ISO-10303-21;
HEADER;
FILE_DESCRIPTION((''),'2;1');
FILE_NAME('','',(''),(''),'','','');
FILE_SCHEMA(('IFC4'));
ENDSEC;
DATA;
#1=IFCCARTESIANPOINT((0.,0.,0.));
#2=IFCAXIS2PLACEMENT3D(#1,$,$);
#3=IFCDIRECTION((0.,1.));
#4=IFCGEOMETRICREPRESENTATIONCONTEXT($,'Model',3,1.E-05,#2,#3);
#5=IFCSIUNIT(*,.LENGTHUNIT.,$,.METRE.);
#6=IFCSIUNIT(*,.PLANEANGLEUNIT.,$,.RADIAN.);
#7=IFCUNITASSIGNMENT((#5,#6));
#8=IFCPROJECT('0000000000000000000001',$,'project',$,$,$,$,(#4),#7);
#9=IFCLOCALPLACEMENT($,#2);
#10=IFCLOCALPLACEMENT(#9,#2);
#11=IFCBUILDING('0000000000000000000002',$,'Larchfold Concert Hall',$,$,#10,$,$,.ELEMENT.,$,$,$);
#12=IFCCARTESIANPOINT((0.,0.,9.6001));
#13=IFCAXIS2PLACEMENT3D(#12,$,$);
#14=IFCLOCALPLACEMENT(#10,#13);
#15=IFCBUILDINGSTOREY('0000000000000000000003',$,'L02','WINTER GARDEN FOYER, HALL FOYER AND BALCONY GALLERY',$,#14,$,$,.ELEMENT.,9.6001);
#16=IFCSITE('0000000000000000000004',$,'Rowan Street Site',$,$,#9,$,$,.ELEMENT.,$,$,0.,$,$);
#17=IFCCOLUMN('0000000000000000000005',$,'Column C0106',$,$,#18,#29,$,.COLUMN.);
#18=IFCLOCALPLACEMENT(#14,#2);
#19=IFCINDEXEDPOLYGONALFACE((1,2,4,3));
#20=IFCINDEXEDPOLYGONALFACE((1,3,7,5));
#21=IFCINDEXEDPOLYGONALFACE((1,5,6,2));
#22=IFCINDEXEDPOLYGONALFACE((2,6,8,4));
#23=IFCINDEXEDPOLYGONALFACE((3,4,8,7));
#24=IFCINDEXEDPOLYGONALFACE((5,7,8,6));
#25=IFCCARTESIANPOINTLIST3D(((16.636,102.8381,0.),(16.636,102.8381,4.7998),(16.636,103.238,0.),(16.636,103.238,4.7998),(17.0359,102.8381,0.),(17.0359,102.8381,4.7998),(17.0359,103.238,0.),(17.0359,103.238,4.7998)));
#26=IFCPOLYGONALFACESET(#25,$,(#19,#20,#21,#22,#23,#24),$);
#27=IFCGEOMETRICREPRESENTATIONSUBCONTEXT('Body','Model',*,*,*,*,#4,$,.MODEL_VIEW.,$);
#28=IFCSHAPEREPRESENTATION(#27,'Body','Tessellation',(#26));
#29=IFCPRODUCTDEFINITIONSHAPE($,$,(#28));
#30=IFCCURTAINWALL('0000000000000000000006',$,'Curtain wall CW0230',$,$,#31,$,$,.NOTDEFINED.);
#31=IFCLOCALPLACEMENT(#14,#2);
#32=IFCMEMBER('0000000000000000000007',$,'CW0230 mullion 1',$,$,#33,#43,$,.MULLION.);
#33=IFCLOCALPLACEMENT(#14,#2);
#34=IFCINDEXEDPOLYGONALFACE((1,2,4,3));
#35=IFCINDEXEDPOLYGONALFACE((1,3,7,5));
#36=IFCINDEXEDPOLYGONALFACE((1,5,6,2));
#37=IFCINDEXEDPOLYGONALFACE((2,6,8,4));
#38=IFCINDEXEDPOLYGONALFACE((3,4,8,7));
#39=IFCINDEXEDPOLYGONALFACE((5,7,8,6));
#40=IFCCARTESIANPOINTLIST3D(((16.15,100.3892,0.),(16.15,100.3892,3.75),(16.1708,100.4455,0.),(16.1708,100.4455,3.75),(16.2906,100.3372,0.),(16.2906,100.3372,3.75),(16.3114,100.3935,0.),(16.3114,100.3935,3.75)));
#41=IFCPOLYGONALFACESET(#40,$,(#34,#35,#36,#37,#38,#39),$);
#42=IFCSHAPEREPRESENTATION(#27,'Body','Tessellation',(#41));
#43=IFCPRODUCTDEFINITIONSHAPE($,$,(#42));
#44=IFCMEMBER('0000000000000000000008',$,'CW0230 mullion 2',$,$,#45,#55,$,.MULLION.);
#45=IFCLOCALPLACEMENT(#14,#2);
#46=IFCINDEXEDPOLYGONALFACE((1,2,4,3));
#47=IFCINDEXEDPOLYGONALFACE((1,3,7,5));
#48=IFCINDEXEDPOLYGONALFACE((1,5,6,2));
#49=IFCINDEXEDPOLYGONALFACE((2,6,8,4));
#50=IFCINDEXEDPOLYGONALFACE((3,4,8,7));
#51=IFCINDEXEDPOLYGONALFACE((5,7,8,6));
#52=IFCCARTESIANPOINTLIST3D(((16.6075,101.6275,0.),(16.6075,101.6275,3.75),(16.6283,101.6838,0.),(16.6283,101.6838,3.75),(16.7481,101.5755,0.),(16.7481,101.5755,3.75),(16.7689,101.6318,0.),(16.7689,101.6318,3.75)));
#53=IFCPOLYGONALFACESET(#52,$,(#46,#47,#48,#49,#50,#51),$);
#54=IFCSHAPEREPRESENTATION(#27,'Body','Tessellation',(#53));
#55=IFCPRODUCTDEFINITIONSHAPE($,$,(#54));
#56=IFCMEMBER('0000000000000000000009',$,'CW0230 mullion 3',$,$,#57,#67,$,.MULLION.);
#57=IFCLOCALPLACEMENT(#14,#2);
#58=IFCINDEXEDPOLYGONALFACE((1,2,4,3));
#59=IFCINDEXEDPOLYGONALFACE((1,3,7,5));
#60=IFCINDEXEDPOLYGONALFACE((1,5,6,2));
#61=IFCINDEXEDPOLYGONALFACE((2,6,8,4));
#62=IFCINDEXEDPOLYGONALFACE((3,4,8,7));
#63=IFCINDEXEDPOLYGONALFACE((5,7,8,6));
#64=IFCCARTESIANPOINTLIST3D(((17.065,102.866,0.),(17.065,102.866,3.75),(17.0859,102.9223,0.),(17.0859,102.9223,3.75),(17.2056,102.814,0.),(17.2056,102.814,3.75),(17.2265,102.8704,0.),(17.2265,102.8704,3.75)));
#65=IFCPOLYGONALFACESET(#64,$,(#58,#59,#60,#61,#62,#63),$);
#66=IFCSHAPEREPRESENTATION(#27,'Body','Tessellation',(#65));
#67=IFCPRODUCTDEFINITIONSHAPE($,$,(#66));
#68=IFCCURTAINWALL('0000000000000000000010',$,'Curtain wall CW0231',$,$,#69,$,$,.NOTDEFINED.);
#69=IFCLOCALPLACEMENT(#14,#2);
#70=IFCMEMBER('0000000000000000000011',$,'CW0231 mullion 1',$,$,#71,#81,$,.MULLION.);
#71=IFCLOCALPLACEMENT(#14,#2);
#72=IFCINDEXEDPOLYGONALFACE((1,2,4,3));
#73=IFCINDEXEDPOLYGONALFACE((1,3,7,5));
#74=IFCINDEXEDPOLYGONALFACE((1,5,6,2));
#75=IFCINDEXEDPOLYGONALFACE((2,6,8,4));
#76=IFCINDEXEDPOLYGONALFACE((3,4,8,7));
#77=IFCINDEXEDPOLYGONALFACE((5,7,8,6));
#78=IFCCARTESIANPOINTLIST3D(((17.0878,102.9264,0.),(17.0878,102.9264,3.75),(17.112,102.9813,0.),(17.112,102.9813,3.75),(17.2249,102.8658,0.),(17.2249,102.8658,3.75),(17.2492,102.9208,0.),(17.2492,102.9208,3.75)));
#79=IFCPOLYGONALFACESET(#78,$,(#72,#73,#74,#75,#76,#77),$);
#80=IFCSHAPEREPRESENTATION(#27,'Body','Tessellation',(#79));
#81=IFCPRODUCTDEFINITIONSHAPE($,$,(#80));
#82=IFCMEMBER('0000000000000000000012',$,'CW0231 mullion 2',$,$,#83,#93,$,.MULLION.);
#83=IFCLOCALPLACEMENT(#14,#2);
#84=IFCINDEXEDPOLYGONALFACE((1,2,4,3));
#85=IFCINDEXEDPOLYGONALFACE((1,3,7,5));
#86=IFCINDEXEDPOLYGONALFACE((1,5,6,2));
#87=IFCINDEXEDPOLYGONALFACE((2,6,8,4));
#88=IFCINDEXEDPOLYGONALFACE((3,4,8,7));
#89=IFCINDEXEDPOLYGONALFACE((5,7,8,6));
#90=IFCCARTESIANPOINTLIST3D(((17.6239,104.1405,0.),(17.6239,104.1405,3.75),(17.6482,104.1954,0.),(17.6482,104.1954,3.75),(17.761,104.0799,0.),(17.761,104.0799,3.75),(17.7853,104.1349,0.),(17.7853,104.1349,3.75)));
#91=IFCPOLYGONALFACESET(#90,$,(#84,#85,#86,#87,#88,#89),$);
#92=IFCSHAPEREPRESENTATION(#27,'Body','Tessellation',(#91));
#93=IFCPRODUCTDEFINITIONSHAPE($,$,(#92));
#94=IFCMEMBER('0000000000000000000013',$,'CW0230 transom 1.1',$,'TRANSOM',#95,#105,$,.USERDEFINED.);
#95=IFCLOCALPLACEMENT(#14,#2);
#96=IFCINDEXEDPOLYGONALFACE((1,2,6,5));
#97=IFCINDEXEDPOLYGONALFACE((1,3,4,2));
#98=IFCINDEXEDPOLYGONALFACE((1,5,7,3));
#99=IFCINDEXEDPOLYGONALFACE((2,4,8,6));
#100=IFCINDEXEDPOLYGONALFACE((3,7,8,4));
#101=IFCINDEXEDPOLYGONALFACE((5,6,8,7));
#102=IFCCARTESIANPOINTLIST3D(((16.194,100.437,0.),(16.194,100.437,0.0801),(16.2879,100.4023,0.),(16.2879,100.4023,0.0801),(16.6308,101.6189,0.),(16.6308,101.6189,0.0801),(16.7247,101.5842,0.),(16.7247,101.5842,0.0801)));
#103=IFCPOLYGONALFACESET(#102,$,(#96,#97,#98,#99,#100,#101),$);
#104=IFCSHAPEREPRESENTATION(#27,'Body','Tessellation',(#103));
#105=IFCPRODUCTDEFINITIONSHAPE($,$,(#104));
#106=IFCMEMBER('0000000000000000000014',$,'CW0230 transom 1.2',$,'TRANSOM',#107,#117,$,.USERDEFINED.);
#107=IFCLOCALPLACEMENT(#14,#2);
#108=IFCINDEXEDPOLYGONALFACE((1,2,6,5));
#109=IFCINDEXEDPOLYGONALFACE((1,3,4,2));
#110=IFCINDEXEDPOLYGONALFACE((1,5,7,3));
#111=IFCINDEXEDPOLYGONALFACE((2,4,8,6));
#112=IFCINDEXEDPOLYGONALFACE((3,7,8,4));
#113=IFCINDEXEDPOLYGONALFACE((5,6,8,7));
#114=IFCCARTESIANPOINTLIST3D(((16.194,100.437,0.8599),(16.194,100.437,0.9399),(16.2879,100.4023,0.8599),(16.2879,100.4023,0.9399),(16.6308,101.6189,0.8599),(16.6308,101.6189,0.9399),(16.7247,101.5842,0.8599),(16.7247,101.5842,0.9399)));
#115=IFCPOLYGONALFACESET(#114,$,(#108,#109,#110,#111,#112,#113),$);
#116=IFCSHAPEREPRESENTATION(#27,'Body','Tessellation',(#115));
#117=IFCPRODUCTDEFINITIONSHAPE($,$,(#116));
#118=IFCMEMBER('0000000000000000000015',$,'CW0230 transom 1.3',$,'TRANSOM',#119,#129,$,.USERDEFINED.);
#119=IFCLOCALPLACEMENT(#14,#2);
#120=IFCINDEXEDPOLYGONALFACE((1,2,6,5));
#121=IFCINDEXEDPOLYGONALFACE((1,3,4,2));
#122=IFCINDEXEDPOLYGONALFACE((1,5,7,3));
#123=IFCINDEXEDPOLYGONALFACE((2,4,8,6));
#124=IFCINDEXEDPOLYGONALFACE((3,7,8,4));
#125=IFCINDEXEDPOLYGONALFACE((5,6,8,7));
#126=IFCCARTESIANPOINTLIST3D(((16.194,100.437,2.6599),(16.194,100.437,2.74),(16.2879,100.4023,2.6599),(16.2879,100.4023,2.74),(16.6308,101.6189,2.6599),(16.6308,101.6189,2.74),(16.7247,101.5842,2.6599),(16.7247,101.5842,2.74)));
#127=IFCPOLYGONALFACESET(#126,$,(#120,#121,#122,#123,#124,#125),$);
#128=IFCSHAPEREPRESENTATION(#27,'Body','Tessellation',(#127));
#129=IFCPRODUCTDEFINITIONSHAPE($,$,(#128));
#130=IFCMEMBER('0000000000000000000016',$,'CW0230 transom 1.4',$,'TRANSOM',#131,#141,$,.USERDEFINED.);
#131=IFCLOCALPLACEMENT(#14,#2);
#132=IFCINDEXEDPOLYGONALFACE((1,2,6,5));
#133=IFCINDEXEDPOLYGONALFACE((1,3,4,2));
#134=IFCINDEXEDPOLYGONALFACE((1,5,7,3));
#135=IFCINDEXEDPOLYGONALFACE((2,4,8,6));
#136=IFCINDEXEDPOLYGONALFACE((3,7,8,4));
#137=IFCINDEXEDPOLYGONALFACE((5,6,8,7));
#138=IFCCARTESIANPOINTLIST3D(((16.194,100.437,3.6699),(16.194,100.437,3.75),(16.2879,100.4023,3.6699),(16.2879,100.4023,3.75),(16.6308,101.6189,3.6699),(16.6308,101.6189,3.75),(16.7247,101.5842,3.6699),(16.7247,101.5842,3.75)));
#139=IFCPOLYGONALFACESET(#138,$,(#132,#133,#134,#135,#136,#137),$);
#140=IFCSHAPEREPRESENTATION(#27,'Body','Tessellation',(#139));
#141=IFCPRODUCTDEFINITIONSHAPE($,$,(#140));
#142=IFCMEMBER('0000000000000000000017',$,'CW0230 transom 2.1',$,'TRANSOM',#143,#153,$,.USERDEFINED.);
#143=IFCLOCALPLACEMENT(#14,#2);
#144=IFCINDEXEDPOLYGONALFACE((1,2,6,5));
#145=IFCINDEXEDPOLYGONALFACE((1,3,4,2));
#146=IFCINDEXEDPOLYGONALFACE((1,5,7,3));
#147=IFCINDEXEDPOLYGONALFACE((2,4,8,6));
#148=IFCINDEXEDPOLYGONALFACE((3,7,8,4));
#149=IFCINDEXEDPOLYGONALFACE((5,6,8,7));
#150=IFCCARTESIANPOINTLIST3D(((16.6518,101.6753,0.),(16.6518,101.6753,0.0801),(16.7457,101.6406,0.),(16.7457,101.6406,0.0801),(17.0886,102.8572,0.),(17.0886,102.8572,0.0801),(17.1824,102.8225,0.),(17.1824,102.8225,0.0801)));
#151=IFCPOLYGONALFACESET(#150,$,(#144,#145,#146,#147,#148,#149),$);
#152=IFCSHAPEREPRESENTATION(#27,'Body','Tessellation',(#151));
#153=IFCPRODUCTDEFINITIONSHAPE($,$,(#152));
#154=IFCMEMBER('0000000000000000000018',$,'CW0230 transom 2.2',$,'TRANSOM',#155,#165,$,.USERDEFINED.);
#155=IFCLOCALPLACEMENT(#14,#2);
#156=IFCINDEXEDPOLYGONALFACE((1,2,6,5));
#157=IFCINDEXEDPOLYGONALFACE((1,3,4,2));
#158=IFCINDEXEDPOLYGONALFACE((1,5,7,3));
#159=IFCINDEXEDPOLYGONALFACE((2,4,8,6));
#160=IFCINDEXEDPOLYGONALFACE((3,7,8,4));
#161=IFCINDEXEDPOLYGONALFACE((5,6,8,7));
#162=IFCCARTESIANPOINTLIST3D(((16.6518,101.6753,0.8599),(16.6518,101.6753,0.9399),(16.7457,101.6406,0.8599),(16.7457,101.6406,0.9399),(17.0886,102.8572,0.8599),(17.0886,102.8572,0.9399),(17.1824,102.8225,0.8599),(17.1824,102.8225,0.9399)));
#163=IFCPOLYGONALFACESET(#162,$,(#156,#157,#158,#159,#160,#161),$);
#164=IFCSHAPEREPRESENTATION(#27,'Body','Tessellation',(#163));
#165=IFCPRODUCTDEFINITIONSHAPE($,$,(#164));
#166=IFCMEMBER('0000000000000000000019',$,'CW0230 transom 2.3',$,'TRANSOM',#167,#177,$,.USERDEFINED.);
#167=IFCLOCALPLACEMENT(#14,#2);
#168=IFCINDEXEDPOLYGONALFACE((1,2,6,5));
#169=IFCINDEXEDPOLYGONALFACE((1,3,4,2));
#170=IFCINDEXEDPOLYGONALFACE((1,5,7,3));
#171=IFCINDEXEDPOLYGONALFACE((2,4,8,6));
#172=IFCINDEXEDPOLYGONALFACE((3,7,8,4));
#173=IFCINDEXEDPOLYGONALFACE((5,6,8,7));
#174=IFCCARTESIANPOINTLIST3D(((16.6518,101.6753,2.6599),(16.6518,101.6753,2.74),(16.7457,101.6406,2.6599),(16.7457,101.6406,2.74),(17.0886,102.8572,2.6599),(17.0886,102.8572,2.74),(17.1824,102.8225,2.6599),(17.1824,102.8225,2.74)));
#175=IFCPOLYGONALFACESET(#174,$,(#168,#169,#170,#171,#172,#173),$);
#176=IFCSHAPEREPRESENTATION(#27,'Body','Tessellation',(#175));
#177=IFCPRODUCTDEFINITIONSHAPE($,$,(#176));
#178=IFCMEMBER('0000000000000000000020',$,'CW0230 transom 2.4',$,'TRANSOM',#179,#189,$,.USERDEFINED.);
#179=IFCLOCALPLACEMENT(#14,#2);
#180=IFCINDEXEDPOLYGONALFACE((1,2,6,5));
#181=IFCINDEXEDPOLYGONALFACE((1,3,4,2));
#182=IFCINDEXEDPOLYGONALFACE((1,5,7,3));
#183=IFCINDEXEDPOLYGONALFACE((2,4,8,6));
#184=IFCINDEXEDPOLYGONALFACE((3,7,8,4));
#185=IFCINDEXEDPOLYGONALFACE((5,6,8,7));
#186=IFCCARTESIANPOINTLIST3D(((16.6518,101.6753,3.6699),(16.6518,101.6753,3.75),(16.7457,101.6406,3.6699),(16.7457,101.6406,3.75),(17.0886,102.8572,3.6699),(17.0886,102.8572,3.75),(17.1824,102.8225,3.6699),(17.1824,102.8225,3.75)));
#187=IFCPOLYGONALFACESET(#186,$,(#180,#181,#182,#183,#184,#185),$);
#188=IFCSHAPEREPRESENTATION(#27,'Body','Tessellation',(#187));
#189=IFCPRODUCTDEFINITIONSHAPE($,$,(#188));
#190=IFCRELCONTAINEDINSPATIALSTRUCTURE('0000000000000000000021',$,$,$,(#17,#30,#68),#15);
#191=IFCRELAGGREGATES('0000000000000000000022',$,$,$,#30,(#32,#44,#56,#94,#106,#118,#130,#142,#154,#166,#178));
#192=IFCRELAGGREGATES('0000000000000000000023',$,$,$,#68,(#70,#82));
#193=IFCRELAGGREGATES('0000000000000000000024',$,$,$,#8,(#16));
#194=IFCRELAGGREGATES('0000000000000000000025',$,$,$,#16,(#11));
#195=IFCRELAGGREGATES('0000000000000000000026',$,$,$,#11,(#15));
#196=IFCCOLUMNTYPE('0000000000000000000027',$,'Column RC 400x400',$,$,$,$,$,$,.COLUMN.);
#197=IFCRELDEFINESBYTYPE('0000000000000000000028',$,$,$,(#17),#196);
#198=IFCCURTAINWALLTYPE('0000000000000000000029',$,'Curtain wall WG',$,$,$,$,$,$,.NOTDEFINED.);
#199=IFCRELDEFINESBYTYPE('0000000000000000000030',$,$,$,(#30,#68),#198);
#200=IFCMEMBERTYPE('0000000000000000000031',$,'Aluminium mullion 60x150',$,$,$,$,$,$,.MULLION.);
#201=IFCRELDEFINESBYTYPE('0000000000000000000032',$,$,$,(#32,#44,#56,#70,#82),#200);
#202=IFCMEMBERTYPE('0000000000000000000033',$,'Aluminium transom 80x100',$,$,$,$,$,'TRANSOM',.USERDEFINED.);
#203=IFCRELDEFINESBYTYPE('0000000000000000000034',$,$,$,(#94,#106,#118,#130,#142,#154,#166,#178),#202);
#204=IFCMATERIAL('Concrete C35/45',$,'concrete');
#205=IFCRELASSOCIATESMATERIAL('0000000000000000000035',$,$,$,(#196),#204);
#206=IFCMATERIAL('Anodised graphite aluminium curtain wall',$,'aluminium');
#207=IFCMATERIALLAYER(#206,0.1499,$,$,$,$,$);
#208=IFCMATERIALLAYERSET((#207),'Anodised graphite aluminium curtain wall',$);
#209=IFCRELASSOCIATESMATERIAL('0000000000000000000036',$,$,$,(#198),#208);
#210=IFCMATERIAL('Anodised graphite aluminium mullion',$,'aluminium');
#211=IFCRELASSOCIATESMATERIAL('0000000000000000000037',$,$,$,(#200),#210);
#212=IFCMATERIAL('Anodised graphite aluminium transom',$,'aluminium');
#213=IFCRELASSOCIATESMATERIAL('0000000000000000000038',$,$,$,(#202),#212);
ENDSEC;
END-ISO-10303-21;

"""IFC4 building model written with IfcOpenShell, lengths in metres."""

from ifc_helpers import new_model, si_unit, direction, frame, origin, origin_2d, place, context, subcontext, project, spatial, rectangle, extrude, material, layer, layer_set, material_profile, profile_set, type_object, element, aggregate, save


model = new_model("IFC4")

# Units and contexts
model_context = context("Model", 3, precision=1e-05, world=origin(), true_north=direction((0.0, 1.0)))
body_context = subcontext(model_context, "Body", "Model", "MODEL_VIEW")
ifc_project = project(units=[si_unit("LENGTHUNIT", "METRE"), si_unit("PLANEANGLEUNIT", "RADIAN")], contexts=[model_context])

# Site, building, storey
site_placement = place(None, origin())
site = spatial("IfcSite", under=ifc_project, at=site_placement, Name="Rowan Street Site", CompositionType="ELEMENT", RefElevation=0.0)
building_placement = place(site_placement, origin())
building = spatial("IfcBuilding", under=site, at=building_placement, Name="Larchfold Concert Hall", CompositionType="ELEMENT")
storey_placement = place(building_placement, frame((0.0, 0.0, 9.6001)))
storey = spatial("IfcBuildingStorey", under=building, at=storey_placement, Name="L02", Description="WINTER GARDEN FOYER, HALL FOYER AND BALCONY GALLERY", CompositionType="ELEMENT", Elevation=9.6001)

# Column
ifc_material_1 = material(Name="Concrete C35/45", Category="concrete")
ifc_material_profile_1 = material_profile(ifc_material_1, rectangle(XDim=0.3999, YDim=0.3999, at=origin_2d()))
ifc_profile_set_1 = profile_set([ifc_material_profile_1], Name="Concrete C35/45")
column_type = type_object("IfcColumnType", Name="Column RC 400x400", PredefinedType="COLUMN", material=ifc_profile_set_1)
column_placement = place(storey_placement, frame((16.8359, 103.0381, 0.0), z_axis=(0.0, 0.0, 1.0), x_axis=(1.0, 0.0, 0.0)))
element("IfcColumn", 1, at=column_placement, inside=storey, type_object=column_type, Name="Column C0106", PredefinedType="COLUMN", context=body_context, shape_type="SweptSolid", body=[
    extrude(rectangle(XDim=0.3999, YDim=0.3999, at=origin_2d()), origin(), (0.0, 0.0, 1.0), 4.7998),
])

# Curtain walls, members
ifc_material_2 = material(Name="Anodised graphite aluminium curtain wall", Category="aluminium")
ifc_layer_1 = layer(ifc_material_2, 0.1499)
ifc_layer_set_1 = layer_set([ifc_layer_1], Name="Anodised graphite aluminium curtain wall")
curtain_wall_type = type_object("IfcCurtainWallType", Name="Curtain wall WG", PredefinedType="NOTDEFINED", material=ifc_layer_set_1)
curtain_wall_1_placement = place(storey_placement, origin())
curtain_wall_1 = element("IfcCurtainWall", 2, at=curtain_wall_1_placement, inside=storey, type_object=curtain_wall_type, Name="Curtain wall CW0230", PredefinedType="NOTDEFINED")
ifc_material_3 = material(Name="Anodised graphite aluminium mullion", Category="aluminium")
ifc_material_profile_2 = material_profile(ifc_material_3, rectangle(XDim=0.1499, YDim=0.0601, at=origin_2d()))
ifc_profile_set_2 = profile_set([ifc_material_profile_2], Name="Anodised graphite aluminium mullion")
member_type_1 = type_object("IfcMemberType", Name="Aluminium mullion 60x150", PredefinedType="MULLION", material=ifc_profile_set_2)
member_1_placement = place(storey_placement, frame((16.2307, 100.3914, 0.0), z_axis=(0.0, 0.0, 1.0), x_axis=(-0.938002, 0.346631, 0.0)))
member_1 = element("IfcMember", 3, at=member_1_placement, type_object=member_type_1, Name="CW0230 mullion 1", PredefinedType="MULLION", context=body_context, shape_type="SweptSolid", body=[
    extrude(rectangle(XDim=0.1499, YDim=0.0601, at=origin_2d()), origin(), (0.0, 0.0, 1.0), 3.75),
])
member_2_placement = place(storey_placement, frame((16.6882, 101.6296, 0.0), z_axis=(0.0, 0.0, 1.0), x_axis=(-0.938002, 0.346631, 0.0)))
member_2 = element("IfcMember", 4, at=member_2_placement, type_object=member_type_1, Name="CW0230 mullion 2", PredefinedType="MULLION", context=body_context, shape_type="SweptSolid", body=[
    extrude(rectangle(XDim=0.1499, YDim=0.0601, at=origin_2d()), origin(), (0.0, 0.0, 1.0), 3.75),
])
member_3_placement = place(storey_placement, frame((17.1458, 102.8682, 0.0), z_axis=(0.0, 0.0, 1.0), x_axis=(-0.938002, 0.346631, 0.0)))
member_3 = element("IfcMember", 5, at=member_3_placement, type_object=member_type_1, Name="CW0230 mullion 3", PredefinedType="MULLION", context=body_context, shape_type="SweptSolid", body=[
    extrude(rectangle(XDim=0.1499, YDim=0.0601, at=origin_2d()), origin(), (0.0, 0.0, 1.0), 3.75),
])
curtain_wall_2_placement = place(storey_placement, origin())
curtain_wall_2 = element("IfcCurtainWall", 6, at=curtain_wall_2_placement, inside=storey, type_object=curtain_wall_type, Name="Curtain wall CW0231", PredefinedType="NOTDEFINED")
member_4_placement = place(storey_placement, frame((17.1685, 102.9236, 0.0), z_axis=(0.0, 0.0, 1.0), x_axis=(-0.914744, 0.404034, 0.0)))
member_4 = element("IfcMember", 7, at=member_4_placement, type_object=member_type_1, Name="CW0231 mullion 1", PredefinedType="MULLION", context=body_context, shape_type="SweptSolid", body=[
    extrude(rectangle(XDim=0.1499, YDim=0.0601, at=origin_2d()), origin(), (0.0, 0.0, 1.0), 3.75),
])
member_5_placement = place(storey_placement, frame((17.7046, 104.1377, 0.0), z_axis=(0.0, 0.0, 1.0), x_axis=(-0.914744, 0.404034, 0.0)))
member_5 = element("IfcMember", 8, at=member_5_placement, type_object=member_type_1, Name="CW0231 mullion 2", PredefinedType="MULLION", context=body_context, shape_type="SweptSolid", body=[
    extrude(rectangle(XDim=0.1499, YDim=0.0601, at=origin_2d()), origin(), (0.0, 0.0, 1.0), 3.75),
])

# Members
ifc_material_4 = material(Name="Anodised graphite aluminium transom", Category="aluminium")
ifc_material_profile_3 = material_profile(ifc_material_4, rectangle(XDim=0.1001, YDim=0.0801, at=origin_2d()))
ifc_profile_set_3 = profile_set([ifc_material_profile_3], Name="Anodised graphite aluminium transom")
member_type_2 = type_object("IfcMemberType", Name="Aluminium transom 80x100", ElementType="TRANSOM", PredefinedType="USERDEFINED", material=ifc_profile_set_3)
member_6_placement = place(storey_placement, frame((16.241, 100.4197, 0.04), z_axis=(0.346639, 0.937999, 0.0), x_axis=(-0.937999, 0.346639, 0.0)))
member_6 = element("IfcMember", 9, at=member_6_placement, type_object=member_type_2, Name="CW0230 transom 1.1", ObjectType="TRANSOM", PredefinedType="USERDEFINED", context=body_context, shape_type="SweptSolid", body=[
    extrude(rectangle(XDim=0.1001, YDim=0.0801, at=origin_2d()), origin(), (0.0, 0.0, 1.0), 1.26),
])
member_7_placement = place(storey_placement, frame((16.241, 100.4197, 0.8999), z_axis=(0.346639, 0.937999, 0.0), x_axis=(-0.937999, 0.346639, 0.0)))
member_7 = element("IfcMember", 10, at=member_7_placement, type_object=member_type_2, Name="CW0230 transom 1.2", ObjectType="TRANSOM", PredefinedType="USERDEFINED", context=body_context, shape_type="SweptSolid", body=[
    extrude(rectangle(XDim=0.1001, YDim=0.0801, at=origin_2d()), origin(), (0.0, 0.0, 1.0), 1.26),
])
member_8_placement = place(storey_placement, frame((16.241, 100.4197, 2.7), z_axis=(0.346639, 0.937999, 0.0), x_axis=(-0.937999, 0.346639, 0.0)))
member_8 = element("IfcMember", 11, at=member_8_placement, type_object=member_type_2, Name="CW0230 transom 1.3", ObjectType="TRANSOM", PredefinedType="USERDEFINED", context=body_context, shape_type="SweptSolid", body=[
    extrude(rectangle(XDim=0.1001, YDim=0.0801, at=origin_2d()), origin(), (0.0, 0.0, 1.0), 1.26),
])
member_9_placement = place(storey_placement, frame((16.241, 100.4197, 3.71), z_axis=(0.346639, 0.937999, 0.0), x_axis=(-0.937999, 0.346639, 0.0)))
member_9 = element("IfcMember", 12, at=member_9_placement, type_object=member_type_2, Name="CW0230 transom 1.4", ObjectType="TRANSOM", PredefinedType="USERDEFINED", context=body_context, shape_type="SweptSolid", body=[
    extrude(rectangle(XDim=0.1001, YDim=0.0801, at=origin_2d()), origin(), (0.0, 0.0, 1.0), 1.26),
])
member_10_placement = place(storey_placement, frame((16.6987, 101.658, 0.04), z_axis=(0.346639, 0.937999, 0.0), x_axis=(-0.937999, 0.346639, 0.0)))
member_10 = element("IfcMember", 13, at=member_10_placement, type_object=member_type_2, Name="CW0230 transom 2.1", ObjectType="TRANSOM", PredefinedType="USERDEFINED", context=body_context, shape_type="SweptSolid", body=[
    extrude(rectangle(XDim=0.1001, YDim=0.0801, at=origin_2d()), origin(), (0.0, 0.0, 1.0), 1.26),
])
member_11_placement = place(storey_placement, frame((16.6987, 101.658, 0.8999), z_axis=(0.346639, 0.937999, 0.0), x_axis=(-0.937999, 0.346639, 0.0)))
member_11 = element("IfcMember", 14, at=member_11_placement, type_object=member_type_2, Name="CW0230 transom 2.2", ObjectType="TRANSOM", PredefinedType="USERDEFINED", context=body_context, shape_type="SweptSolid", body=[
    extrude(rectangle(XDim=0.1001, YDim=0.0801, at=origin_2d()), origin(), (0.0, 0.0, 1.0), 1.26),
])
member_12_placement = place(storey_placement, frame((16.6987, 101.658, 2.7), z_axis=(0.346639, 0.937999, 0.0), x_axis=(-0.937999, 0.346639, 0.0)))
member_12 = element("IfcMember", 15, at=member_12_placement, type_object=member_type_2, Name="CW0230 transom 2.3", ObjectType="TRANSOM", PredefinedType="USERDEFINED", context=body_context, shape_type="SweptSolid", body=[
    extrude(rectangle(XDim=0.1001, YDim=0.0801, at=origin_2d()), origin(), (0.0, 0.0, 1.0), 1.26),
])
member_13_placement = place(storey_placement, frame((16.6987, 101.658, 3.71), z_axis=(0.346639, 0.937999, 0.0), x_axis=(-0.937999, 0.346639, 0.0)))
member_13 = element("IfcMember", 16, at=member_13_placement, type_object=member_type_2, Name="CW0230 transom 2.4", ObjectType="TRANSOM", PredefinedType="USERDEFINED", context=body_context, shape_type="SweptSolid", body=[
    extrude(rectangle(XDim=0.1001, YDim=0.0801, at=origin_2d()), origin(), (0.0, 0.0, 1.0), 1.26),
])

aggregate(curtain_wall_1, [member_1, member_2, member_3, member_6, member_7, member_8, member_9, member_10, member_11, member_12, member_13])
aggregate(curtain_wall_2, [member_4, member_5])

save(model, "model.ifc")
